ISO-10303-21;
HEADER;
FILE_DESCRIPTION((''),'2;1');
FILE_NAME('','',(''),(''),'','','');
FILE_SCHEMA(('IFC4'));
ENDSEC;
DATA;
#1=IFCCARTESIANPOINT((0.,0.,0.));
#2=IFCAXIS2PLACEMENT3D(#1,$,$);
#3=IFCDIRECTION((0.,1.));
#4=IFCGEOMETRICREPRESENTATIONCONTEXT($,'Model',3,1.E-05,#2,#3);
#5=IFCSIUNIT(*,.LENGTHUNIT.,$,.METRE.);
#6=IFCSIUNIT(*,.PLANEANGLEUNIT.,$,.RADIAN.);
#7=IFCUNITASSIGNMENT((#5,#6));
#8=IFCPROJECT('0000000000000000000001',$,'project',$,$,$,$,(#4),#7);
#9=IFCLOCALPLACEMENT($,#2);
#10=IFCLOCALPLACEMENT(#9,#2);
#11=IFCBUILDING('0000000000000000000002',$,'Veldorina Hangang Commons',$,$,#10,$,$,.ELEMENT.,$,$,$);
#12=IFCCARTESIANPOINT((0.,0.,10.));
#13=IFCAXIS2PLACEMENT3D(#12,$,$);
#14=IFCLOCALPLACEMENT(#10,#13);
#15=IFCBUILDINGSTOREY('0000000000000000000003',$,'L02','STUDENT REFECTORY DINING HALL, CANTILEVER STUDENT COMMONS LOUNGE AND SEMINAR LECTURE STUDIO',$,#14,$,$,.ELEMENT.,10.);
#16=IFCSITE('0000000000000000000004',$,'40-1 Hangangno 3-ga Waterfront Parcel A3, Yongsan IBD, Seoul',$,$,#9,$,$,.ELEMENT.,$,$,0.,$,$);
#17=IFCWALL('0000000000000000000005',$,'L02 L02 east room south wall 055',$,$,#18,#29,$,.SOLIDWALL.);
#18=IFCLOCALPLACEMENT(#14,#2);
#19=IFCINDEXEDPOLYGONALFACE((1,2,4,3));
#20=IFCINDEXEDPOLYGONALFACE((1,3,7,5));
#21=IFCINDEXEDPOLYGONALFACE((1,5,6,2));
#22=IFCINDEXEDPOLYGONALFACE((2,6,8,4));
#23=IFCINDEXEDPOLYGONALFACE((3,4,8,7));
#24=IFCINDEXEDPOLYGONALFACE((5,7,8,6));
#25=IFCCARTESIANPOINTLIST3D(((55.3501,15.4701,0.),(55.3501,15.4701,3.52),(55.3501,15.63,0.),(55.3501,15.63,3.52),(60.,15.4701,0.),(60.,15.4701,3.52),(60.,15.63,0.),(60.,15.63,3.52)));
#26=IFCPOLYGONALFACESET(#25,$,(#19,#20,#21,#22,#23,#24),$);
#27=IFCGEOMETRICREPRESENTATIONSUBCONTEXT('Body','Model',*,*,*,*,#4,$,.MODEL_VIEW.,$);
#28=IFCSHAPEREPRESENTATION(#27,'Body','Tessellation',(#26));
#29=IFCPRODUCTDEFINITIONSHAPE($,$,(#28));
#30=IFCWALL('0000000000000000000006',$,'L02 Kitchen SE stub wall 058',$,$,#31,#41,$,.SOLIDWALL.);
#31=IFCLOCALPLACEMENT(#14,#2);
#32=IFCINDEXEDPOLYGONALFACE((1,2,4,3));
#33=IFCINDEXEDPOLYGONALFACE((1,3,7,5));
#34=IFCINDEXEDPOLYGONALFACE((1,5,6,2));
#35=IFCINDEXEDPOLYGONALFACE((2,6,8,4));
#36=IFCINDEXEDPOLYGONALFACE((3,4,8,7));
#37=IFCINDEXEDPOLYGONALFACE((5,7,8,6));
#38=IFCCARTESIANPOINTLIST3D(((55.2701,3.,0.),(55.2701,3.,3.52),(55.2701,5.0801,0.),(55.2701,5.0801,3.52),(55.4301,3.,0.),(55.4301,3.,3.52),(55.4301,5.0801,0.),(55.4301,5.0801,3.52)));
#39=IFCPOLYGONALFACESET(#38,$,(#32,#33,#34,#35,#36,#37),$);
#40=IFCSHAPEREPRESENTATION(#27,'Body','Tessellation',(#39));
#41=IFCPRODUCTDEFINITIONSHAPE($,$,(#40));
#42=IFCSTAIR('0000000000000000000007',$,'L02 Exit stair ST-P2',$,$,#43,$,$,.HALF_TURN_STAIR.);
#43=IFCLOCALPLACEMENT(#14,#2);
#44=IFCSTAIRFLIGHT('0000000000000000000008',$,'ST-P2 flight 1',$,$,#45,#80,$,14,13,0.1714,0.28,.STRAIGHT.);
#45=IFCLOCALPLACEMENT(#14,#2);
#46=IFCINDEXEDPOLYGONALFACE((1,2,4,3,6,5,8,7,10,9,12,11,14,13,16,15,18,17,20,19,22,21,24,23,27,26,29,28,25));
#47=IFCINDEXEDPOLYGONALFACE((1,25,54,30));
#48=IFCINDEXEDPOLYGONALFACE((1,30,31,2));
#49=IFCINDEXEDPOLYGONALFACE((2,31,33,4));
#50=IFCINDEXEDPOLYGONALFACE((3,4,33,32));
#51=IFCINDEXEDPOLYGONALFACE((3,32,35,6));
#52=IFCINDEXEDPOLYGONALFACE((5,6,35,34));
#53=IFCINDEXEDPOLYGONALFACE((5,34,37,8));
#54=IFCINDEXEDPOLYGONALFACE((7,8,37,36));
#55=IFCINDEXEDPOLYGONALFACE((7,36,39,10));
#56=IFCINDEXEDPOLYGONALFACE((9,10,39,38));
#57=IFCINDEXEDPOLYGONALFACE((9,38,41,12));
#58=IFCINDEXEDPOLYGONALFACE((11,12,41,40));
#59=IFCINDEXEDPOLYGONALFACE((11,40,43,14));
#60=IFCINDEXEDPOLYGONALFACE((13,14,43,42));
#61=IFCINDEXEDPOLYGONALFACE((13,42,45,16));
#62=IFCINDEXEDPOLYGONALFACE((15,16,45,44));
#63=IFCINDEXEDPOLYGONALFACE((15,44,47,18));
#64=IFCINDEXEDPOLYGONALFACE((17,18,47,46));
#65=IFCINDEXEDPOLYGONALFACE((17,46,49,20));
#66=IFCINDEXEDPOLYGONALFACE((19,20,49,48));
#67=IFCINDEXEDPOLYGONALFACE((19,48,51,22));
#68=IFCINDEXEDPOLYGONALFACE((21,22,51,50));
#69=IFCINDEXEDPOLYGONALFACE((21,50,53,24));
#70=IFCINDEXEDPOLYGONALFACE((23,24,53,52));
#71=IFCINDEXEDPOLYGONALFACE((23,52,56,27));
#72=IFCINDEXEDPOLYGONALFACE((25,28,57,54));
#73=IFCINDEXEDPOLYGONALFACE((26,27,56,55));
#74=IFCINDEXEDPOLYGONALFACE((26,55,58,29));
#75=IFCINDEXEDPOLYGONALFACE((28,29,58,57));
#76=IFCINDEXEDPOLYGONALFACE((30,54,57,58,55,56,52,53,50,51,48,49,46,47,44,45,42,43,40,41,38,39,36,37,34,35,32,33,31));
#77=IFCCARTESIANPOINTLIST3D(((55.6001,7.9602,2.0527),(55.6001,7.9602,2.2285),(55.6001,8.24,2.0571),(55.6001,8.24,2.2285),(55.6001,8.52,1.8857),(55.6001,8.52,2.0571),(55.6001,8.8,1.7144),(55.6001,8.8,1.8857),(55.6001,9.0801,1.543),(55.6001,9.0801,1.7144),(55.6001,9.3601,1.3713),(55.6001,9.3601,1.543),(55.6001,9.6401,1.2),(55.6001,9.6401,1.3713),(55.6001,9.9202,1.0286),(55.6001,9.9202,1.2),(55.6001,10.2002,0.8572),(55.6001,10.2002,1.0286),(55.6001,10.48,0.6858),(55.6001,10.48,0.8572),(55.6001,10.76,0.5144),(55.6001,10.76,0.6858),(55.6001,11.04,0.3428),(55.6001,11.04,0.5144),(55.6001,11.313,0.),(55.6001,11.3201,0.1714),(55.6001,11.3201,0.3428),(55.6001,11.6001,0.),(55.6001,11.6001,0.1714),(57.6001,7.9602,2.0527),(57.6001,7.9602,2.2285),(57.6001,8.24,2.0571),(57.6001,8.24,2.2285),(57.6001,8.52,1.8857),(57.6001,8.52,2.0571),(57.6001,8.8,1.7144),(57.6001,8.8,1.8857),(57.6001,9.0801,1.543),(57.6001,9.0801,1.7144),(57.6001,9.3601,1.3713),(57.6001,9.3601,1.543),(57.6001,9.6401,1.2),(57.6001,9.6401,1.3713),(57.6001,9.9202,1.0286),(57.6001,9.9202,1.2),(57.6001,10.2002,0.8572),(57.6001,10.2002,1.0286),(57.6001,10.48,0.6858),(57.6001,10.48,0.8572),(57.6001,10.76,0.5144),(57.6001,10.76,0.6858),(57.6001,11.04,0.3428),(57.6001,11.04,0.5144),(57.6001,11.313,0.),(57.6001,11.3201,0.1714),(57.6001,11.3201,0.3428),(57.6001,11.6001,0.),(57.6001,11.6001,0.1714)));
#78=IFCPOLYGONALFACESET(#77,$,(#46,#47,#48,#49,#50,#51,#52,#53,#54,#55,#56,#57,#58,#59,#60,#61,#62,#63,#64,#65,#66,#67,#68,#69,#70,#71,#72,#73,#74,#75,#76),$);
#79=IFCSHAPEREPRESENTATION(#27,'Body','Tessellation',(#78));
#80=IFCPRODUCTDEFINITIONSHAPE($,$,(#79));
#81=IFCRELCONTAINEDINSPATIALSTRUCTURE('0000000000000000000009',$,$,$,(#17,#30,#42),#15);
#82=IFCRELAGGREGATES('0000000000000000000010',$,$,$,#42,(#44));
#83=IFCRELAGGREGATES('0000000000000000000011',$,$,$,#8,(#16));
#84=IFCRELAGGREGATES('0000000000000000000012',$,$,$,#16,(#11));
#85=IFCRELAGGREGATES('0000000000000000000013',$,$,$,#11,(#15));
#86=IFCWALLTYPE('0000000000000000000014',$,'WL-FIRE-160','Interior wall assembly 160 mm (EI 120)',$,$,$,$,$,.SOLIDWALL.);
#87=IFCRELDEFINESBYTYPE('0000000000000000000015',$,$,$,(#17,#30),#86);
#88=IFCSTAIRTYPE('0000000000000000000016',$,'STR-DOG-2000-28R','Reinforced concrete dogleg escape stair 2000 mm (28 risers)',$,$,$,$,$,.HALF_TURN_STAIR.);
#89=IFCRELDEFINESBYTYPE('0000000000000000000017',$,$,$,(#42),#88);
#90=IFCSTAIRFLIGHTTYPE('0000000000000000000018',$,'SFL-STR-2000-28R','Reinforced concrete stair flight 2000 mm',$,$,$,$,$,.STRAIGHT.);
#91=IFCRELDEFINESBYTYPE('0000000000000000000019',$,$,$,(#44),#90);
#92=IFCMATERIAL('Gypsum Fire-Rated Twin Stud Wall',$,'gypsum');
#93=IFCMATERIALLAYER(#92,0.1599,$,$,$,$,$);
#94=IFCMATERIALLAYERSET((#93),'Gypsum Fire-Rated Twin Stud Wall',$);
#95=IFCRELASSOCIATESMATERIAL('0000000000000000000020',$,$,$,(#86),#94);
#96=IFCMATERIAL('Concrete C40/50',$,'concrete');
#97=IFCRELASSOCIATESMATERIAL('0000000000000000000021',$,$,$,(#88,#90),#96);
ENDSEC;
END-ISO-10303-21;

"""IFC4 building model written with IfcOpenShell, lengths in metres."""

from ifc_helpers import new_model, si_unit, direction, frame, frame_2d, origin, place, context, subcontext, project, spatial, polyline, rectangle, outline, extrude, material, layer, layer_set, type_object, element, aggregate, save


model = new_model("IFC4")

# Units and contexts
model_context = context("Model", 3, precision=1e-05, world=origin(), true_north=direction((0.0, 1.0)))
body_context = subcontext(model_context, "Body", "Model", "MODEL_VIEW")
ifc_project = project(units=[si_unit("LENGTHUNIT", "METRE"), si_unit("PLANEANGLEUNIT", "RADIAN")], contexts=[model_context])

# Site, building, storey
site_placement = place(None, origin())
site = spatial("IfcSite", under=ifc_project, at=site_placement, Name="40-1 Hangangno 3-ga Waterfront Parcel A3, Yongsan IBD, Seoul", CompositionType="ELEMENT", RefElevation=0.0)
building_placement = place(site_placement, origin())
building = spatial("IfcBuilding", under=site, at=building_placement, Name="Veldorina Hangang Commons", CompositionType="ELEMENT")
storey_placement = place(building_placement, frame((0.0, 0.0, 10.0)))
storey = spatial("IfcBuildingStorey", under=building, at=storey_placement, Name="L02", Description="STUDENT REFECTORY DINING HALL, CANTILEVER STUDENT COMMONS LOUNGE AND SEMINAR LECTURE STUDIO", CompositionType="ELEMENT", Elevation=10.0)

# Shared definitions
ifc_material_1 = material(Name="Gypsum Fire-Rated Twin Stud Wall", Category="gypsum")
ifc_layer_1 = layer(ifc_material_1, 0.1599)
ifc_layer_set_1 = layer_set([ifc_layer_1], Name="Gypsum Fire-Rated Twin Stud Wall")
wall_type_1 = type_object("IfcWallType", Name="WL-FIRE-160", Description="Interior wall assembly 160 mm (EI 120)", PredefinedType="SOLIDWALL", material=ifc_layer_set_1)

# Walls
wall_1_placement = place(storey_placement, frame((55.3501, 15.55, 0.0), z_axis=(0.0, 0.0, 1.0), x_axis=(1.0, 0.0, 0.0)))
element("IfcWall", 1, at=wall_1_placement, inside=storey, type_object=wall_type_1, Name="L02 L02 east room south wall 055", PredefinedType="SOLIDWALL", context=body_context, shape_type="SweptSolid", body=[
    extrude(rectangle(XDim=4.6499, YDim=0.1599, at=frame_2d((2.325, 0.0))), origin(), (0.0, 0.0, 1.0), 3.52),
])
wall_2_placement = place(storey_placement, frame((55.3501, 3.0, 0.0), z_axis=(0.0, 0.0, 1.0), x_axis=(0.0, 1.0, 0.0)))
element("IfcWall", 2, at=wall_2_placement, inside=storey, type_object=wall_type_1, Name="L02 Kitchen SE stub wall 058", PredefinedType="SOLIDWALL", context=body_context, shape_type="SweptSolid", body=[
    extrude(rectangle(XDim=2.0801, YDim=0.1599, at=frame_2d((1.04, 0.0))), origin(), (0.0, 0.0, 1.0), 3.52),
])

# Stair, stair flight
ifc_material_2 = material(Name="Concrete C40/50", Category="concrete")
stair_type = type_object("IfcStairType", Name="STR-DOG-2000-28R", Description="Reinforced concrete dogleg escape stair 2000 mm (28 risers)", PredefinedType="HALF_TURN_STAIR", material=ifc_material_2)
stair_placement = place(storey_placement, origin())
stair = element("IfcStair", 3, at=stair_placement, inside=storey, type_object=stair_type, Name="L02 Exit stair ST-P2", PredefinedType="HALF_TURN_STAIR")
stair_flight_type = type_object("IfcStairFlightType", Name="SFL-STR-2000-28R", Description="Reinforced concrete stair flight 2000 mm", PredefinedType="STRAIGHT", material=ifc_material_2)
stair_flight_placement = place(storey_placement, frame((56.6001, 11.6001, 0.0), z_axis=(0.0, 0.0, 1.0), x_axis=(0.0, -1.0, 0.0)))
stair_flight = element("IfcStairFlight", 4, at=stair_flight_placement, type_object=stair_flight_type, Name="ST-P2 flight 1", NumberOfRisers=14, NumberOfTreads=13, PredefinedType="STRAIGHT", RiserHeight=0.1714, TreadLength=0.28, context=body_context, shape_type="SweptSolid", body=[
    extrude(outline(polyline([(0.0, 0.0), (0.0, 0.1714), (0.28, 0.1714), (0.28, 0.3428), (0.5601, 0.3428), (0.5601, 0.5144), (0.8401, 0.5144), (0.8401, 0.6858), (1.1201, 0.6858), (1.1201, 0.8572), (1.3999, 0.8572), (1.3999, 1.0286), (1.6799, 1.0286), (1.6799, 1.2), (1.96, 1.2), (1.96, 1.3713), (2.24, 1.3713), (2.24, 1.543), (2.52, 1.543), (2.52, 1.7144), (2.8, 1.7144), (2.8, 1.8857), (3.0801, 1.8857), (3.0801, 2.0571), (3.3601, 2.0571), (3.3601, 2.2285), (3.6399, 2.2285), (3.6399, 2.3999), (3.6399, 2.0527), (0.2871, 0.0), (0.0, 0.0)])), frame((0.0, 1.0, 0.0), z_axis=(0.0, -1.0, 0.0), x_axis=(1.0, 0.0, 0.0)), (0.0, 0.0, 1.0), 2.0),
])
aggregate(stair, [stair_flight])

save(model, "model.ifc")
